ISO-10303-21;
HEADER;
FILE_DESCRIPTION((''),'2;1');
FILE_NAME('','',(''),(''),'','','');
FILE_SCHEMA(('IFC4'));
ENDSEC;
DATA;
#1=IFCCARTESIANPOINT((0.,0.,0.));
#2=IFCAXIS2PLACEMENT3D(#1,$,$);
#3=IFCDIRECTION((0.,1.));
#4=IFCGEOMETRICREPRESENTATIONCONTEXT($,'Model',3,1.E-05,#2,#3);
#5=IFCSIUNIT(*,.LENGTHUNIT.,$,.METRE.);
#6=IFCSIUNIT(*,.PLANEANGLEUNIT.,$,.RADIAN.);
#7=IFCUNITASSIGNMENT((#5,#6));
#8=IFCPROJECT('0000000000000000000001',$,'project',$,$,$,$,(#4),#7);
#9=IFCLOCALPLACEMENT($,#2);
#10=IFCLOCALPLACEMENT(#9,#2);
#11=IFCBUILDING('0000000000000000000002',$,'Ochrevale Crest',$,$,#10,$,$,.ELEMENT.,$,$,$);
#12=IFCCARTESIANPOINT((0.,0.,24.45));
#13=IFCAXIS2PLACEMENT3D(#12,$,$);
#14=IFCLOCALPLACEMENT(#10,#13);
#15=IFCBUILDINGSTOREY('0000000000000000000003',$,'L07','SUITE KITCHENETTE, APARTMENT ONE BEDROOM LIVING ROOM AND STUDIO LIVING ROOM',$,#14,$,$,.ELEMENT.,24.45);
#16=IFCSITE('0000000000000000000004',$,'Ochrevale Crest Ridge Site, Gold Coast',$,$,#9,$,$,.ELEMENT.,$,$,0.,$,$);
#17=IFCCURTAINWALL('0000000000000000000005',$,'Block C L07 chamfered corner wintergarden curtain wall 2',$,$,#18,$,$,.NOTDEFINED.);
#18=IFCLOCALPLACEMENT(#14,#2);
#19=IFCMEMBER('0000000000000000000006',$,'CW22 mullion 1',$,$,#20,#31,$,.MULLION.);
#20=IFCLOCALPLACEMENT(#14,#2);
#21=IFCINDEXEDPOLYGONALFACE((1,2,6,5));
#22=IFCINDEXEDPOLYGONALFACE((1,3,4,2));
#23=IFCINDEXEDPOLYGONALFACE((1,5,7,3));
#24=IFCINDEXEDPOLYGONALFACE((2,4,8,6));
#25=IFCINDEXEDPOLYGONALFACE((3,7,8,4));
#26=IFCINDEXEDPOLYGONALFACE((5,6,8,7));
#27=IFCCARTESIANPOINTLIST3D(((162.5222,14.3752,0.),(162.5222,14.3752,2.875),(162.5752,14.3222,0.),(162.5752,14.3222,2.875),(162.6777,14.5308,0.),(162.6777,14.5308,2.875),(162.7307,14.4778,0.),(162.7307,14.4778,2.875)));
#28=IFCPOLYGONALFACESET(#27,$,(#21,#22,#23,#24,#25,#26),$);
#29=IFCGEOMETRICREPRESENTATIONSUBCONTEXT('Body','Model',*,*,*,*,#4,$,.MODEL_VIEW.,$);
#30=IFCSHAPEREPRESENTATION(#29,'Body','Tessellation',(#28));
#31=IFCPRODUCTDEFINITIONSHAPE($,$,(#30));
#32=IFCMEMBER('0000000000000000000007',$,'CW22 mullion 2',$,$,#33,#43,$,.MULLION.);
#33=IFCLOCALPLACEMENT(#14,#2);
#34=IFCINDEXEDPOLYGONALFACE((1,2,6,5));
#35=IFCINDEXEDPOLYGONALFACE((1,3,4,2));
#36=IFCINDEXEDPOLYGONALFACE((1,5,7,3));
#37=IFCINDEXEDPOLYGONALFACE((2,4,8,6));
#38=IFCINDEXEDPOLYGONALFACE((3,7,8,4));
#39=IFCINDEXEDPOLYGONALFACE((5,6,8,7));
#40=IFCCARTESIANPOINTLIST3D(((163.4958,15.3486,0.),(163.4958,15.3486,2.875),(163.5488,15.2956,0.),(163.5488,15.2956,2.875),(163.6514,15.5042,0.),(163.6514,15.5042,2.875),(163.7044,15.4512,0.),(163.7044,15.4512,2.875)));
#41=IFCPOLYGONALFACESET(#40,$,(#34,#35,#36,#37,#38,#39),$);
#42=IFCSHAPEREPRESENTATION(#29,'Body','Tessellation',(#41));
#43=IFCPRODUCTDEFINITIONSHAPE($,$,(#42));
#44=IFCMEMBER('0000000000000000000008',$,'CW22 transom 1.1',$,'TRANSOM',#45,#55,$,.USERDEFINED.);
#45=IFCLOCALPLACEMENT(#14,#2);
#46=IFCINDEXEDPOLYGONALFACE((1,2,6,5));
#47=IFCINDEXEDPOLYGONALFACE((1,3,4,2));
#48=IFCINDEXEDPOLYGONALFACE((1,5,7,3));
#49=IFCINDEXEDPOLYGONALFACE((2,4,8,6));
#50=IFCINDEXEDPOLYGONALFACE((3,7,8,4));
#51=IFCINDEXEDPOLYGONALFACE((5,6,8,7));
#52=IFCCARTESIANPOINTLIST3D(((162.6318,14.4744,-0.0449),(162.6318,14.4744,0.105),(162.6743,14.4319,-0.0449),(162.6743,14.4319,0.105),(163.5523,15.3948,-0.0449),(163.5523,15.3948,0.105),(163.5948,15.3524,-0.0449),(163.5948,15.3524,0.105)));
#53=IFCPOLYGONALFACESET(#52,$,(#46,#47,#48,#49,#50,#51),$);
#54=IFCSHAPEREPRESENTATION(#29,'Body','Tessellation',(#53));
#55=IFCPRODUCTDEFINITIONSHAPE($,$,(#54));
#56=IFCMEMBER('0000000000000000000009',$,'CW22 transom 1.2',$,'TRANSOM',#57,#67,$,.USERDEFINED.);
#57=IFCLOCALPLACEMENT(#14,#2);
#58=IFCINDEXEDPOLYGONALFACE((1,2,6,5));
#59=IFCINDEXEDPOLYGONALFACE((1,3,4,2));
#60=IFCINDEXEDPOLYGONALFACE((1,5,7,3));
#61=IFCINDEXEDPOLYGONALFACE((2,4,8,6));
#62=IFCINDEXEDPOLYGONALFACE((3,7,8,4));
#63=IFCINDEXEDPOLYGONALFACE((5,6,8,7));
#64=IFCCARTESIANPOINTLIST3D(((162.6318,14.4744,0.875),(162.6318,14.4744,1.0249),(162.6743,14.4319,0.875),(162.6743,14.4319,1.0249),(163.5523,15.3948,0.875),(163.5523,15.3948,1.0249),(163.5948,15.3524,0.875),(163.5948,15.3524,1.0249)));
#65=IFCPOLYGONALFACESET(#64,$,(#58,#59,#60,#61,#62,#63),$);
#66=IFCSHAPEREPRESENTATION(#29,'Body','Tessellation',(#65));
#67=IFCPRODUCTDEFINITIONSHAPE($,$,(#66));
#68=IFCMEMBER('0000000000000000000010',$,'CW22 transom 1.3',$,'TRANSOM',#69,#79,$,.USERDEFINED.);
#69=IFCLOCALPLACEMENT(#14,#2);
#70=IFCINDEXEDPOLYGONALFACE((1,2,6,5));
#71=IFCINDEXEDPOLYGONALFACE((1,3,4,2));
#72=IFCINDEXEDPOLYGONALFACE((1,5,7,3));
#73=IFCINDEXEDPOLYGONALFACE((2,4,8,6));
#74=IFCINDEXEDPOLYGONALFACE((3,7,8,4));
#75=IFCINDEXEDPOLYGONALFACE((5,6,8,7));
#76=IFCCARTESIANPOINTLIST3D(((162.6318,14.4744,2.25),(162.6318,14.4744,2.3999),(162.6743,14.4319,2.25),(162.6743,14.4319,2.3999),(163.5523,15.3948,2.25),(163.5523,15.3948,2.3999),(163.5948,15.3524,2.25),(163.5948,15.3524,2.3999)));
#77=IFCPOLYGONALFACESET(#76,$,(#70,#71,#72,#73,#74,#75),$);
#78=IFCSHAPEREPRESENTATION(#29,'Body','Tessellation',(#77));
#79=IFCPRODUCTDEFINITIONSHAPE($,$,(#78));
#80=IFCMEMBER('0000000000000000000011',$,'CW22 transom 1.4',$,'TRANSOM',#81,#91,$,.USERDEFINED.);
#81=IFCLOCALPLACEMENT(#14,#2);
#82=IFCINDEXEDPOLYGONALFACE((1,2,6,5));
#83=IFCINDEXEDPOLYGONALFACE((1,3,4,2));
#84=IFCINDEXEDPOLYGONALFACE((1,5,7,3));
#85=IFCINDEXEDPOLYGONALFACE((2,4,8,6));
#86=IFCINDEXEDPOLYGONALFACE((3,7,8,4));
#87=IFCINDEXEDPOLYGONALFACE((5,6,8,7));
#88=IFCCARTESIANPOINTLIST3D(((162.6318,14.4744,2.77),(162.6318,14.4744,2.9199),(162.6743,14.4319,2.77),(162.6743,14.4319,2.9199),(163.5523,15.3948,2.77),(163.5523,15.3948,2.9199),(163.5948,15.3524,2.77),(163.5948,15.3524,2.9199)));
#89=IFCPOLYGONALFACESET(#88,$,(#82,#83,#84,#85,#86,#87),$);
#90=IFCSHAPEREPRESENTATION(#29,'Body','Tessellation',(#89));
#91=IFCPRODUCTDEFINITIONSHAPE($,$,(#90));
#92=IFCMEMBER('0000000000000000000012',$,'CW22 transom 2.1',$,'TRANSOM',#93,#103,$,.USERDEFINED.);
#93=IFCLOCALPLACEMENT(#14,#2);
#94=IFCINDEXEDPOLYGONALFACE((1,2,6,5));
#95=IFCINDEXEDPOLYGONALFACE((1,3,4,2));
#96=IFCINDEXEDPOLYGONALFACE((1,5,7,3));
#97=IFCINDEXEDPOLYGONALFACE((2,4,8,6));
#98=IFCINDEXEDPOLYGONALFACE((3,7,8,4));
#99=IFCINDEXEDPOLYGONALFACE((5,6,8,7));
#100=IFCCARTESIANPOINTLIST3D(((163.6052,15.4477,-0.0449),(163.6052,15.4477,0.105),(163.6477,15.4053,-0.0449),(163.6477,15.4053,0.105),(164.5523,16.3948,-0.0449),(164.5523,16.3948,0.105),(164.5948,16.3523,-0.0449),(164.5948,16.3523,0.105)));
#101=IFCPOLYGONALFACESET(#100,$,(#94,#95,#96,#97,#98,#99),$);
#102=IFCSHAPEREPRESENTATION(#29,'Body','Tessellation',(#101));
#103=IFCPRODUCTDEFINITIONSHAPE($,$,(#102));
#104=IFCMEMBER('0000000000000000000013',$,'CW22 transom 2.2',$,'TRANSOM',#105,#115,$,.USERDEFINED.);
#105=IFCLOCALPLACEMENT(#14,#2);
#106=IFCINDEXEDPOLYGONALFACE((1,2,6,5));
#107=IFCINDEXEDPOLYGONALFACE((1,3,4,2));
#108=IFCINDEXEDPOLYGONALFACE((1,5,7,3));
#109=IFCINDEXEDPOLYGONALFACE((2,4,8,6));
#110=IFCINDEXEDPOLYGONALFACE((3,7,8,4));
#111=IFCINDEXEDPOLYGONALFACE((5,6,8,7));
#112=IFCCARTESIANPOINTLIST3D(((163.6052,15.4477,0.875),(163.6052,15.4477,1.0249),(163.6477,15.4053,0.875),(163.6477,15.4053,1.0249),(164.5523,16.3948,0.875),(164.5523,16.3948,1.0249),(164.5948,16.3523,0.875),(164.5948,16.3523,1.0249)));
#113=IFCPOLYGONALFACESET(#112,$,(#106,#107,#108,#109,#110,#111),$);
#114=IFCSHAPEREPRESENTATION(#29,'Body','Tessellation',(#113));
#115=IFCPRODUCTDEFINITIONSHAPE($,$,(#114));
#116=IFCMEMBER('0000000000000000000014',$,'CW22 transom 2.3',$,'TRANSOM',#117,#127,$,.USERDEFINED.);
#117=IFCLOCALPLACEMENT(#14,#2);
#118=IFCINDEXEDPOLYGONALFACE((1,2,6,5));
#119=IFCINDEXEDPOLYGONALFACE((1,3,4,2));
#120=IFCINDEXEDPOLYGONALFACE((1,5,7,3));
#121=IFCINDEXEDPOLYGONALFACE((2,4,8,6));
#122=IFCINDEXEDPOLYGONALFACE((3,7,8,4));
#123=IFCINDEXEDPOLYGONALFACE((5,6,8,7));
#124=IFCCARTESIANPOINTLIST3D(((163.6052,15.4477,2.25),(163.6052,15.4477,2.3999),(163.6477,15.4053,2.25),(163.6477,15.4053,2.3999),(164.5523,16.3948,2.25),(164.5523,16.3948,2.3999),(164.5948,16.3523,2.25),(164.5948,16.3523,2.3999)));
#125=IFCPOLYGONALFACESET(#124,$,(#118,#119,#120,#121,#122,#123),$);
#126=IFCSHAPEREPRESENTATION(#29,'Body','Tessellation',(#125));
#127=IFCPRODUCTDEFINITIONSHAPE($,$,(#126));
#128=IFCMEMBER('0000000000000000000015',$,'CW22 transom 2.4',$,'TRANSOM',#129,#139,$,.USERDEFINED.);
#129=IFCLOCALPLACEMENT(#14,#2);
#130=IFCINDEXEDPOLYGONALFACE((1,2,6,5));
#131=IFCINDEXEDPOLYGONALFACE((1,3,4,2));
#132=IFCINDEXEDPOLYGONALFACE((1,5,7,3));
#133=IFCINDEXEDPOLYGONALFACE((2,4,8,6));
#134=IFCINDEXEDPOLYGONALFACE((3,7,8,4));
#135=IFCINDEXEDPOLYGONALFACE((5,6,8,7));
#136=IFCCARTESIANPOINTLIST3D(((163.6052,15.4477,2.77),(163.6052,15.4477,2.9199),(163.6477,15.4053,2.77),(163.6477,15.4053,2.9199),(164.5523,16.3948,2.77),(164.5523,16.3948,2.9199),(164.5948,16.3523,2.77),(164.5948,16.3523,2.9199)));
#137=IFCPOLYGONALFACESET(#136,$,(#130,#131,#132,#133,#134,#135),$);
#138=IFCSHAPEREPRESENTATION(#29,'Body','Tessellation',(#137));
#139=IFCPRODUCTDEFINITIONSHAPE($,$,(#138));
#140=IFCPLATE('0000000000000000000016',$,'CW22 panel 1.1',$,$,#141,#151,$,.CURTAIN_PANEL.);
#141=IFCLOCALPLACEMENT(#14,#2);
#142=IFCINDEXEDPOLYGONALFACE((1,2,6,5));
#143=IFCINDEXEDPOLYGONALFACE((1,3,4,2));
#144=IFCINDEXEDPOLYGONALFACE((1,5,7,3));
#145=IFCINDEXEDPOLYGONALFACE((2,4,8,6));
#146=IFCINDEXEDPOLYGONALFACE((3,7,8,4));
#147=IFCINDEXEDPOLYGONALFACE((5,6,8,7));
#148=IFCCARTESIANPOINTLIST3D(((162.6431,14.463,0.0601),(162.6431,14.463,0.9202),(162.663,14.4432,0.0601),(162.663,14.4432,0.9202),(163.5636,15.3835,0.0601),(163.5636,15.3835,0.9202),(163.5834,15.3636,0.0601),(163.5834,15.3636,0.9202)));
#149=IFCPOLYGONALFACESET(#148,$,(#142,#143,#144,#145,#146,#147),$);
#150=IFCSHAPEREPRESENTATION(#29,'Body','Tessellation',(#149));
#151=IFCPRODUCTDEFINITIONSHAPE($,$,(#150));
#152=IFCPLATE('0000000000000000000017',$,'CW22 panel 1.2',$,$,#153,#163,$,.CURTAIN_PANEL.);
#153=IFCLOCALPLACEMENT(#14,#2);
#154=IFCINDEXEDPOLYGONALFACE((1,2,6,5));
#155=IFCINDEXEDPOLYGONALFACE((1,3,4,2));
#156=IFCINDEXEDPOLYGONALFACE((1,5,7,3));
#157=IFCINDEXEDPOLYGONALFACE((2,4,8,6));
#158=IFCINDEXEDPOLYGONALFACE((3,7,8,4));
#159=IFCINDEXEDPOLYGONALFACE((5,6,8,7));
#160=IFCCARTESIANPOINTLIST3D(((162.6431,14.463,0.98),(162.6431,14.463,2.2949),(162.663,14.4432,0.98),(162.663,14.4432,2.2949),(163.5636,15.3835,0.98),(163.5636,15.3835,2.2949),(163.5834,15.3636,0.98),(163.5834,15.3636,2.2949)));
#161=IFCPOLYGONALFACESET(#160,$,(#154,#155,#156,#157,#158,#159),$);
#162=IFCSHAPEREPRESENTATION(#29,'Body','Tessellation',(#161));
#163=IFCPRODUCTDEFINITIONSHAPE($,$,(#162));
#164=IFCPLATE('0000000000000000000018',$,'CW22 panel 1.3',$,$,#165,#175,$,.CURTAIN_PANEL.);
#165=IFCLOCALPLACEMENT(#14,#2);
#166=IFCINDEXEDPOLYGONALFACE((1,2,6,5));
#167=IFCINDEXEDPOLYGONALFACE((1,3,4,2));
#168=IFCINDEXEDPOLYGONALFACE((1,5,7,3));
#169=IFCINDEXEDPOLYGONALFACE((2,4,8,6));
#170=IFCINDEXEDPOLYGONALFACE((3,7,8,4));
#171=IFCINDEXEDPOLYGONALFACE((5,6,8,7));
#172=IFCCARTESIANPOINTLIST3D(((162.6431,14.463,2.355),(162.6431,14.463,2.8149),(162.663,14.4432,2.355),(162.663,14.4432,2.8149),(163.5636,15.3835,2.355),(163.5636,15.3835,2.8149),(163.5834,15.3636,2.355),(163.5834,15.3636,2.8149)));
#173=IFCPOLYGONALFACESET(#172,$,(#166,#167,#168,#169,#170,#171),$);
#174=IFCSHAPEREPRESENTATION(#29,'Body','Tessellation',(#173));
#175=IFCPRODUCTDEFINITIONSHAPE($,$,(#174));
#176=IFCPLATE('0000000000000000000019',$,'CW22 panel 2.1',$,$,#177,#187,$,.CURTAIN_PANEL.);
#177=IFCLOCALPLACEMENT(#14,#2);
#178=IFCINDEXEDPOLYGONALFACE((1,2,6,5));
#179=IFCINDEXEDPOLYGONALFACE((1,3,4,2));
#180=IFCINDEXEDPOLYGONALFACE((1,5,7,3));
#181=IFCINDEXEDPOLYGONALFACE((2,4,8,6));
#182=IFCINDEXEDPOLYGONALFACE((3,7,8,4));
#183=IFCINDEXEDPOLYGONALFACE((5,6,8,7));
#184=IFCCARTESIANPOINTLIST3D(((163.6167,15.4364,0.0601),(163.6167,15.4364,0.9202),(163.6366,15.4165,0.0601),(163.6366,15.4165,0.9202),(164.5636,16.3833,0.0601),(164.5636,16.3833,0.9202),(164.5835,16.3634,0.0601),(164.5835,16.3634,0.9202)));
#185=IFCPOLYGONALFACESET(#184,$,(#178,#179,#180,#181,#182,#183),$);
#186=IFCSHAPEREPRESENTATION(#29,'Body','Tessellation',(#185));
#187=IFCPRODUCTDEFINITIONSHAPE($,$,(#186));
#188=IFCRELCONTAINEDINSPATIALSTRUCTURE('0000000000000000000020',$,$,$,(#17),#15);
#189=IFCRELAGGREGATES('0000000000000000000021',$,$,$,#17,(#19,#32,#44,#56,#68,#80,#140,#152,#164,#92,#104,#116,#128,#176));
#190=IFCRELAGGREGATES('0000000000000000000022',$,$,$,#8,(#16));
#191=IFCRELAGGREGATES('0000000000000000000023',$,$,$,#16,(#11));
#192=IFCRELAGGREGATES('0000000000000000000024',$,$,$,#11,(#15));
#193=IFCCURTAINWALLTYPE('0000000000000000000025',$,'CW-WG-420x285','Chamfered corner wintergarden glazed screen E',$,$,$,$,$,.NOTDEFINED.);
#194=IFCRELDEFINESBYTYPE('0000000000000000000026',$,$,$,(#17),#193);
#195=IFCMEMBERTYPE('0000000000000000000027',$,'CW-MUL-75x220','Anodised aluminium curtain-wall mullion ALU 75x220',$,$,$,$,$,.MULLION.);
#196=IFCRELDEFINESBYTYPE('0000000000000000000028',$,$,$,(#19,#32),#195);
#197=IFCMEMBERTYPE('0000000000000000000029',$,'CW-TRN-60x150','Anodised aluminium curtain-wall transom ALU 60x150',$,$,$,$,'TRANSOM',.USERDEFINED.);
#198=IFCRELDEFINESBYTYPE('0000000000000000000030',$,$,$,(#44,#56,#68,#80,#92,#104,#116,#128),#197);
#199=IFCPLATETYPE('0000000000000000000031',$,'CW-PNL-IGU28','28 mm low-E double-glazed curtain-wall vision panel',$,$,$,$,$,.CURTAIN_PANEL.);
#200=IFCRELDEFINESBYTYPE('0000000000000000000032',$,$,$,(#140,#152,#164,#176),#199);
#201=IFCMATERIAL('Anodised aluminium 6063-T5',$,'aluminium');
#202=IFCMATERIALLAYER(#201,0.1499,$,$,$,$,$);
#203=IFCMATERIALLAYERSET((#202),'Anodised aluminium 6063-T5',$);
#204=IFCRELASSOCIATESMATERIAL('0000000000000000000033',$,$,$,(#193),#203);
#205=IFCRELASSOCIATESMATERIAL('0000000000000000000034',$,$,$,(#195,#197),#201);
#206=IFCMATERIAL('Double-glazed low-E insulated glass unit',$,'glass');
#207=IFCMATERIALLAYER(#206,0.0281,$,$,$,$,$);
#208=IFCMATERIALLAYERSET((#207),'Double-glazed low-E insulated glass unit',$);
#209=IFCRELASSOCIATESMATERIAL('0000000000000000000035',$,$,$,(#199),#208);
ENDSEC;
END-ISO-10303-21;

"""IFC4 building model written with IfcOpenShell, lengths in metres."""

from ifc_helpers import new_model, si_unit, direction, frame, origin, origin_2d, place, context, subcontext, project, spatial, rectangle, extrude, material, layer, layer_set, material_profile, profile_set, type_object, element, aggregate, save


model = new_model("IFC4")

# Units and contexts
model_context = context("Model", 3, precision=1e-05, world=origin(), true_north=direction((0.0, 1.0)))
body_context = subcontext(model_context, "Body", "Model", "MODEL_VIEW")
ifc_project = project(units=[si_unit("LENGTHUNIT", "METRE"), si_unit("PLANEANGLEUNIT", "RADIAN")], contexts=[model_context])

# Site, building, storey
site_placement = place(None, origin())
site = spatial("IfcSite", under=ifc_project, at=site_placement, Name="Ochrevale Crest Ridge Site, Gold Coast", CompositionType="ELEMENT", RefElevation=0.0)
building_placement = place(site_placement, origin())
building = spatial("IfcBuilding", under=site, at=building_placement, Name="Ochrevale Crest", CompositionType="ELEMENT")
storey_placement = place(building_placement, frame((0.0, 0.0, 24.45)))
storey = spatial("IfcBuildingStorey", under=building, at=storey_placement, Name="L07", Description="SUITE KITCHENETTE, APARTMENT ONE BEDROOM LIVING ROOM AND STUDIO LIVING ROOM", CompositionType="ELEMENT", Elevation=24.45)

# Curtain wall, members, plates
ifc_material_1 = material(Name="Anodised aluminium 6063-T5", Category="aluminium")
ifc_layer_1 = layer(ifc_material_1, 0.1499)
ifc_layer_set_1 = layer_set([ifc_layer_1], Name="Anodised aluminium 6063-T5")
curtain_wall_type = type_object("IfcCurtainWallType", Name="CW-WG-420x285", Description="Chamfered corner wintergarden glazed screen E", PredefinedType="NOTDEFINED", material=ifc_layer_set_1)
curtain_wall_placement = place(storey_placement, origin())
curtain_wall = element("IfcCurtainWall", 1, at=curtain_wall_placement, inside=storey, type_object=curtain_wall_type, Name="Block C L07 chamfered corner wintergarden curtain wall 2", PredefinedType="NOTDEFINED")
ifc_material_profile_1 = material_profile(ifc_material_1, rectangle(XDim=0.075, YDim=0.22, at=origin_2d()), Name="ALU 75x220")
ifc_profile_set_1 = profile_set([ifc_material_profile_1], Name="Anodised aluminium 6063-T5")
member_type_1 = type_object("IfcMemberType", Name="CW-MUL-75x220", Description="Anodised aluminium curtain-wall mullion ALU 75x220", PredefinedType="MULLION", material=ifc_profile_set_1)
member_1_placement = place(storey_placement, frame((162.6265, 14.4265, 0.0), z_axis=(0.0, 0.0, 1.0), x_axis=(-0.707107, 0.707107, 0.0)))
member_1 = element("IfcMember", 2, at=member_1_placement, type_object=member_type_1, Name="CW22 mullion 1", PredefinedType="MULLION", context=body_context, shape_type="SweptSolid", body=[
    extrude(rectangle(XDim=0.075, YDim=0.22, at=origin_2d()), origin(), (0.0, 0.0, 1.0), 2.875),
])
member_2_placement = place(storey_placement, frame((163.6001, 15.3999, 0.0), z_axis=(0.0, 0.0, 1.0), x_axis=(-0.707107, 0.707107, 0.0)))
member_2 = element("IfcMember", 3, at=member_2_placement, type_object=member_type_1, Name="CW22 mullion 2", PredefinedType="MULLION", context=body_context, shape_type="SweptSolid", body=[
    extrude(rectangle(XDim=0.075, YDim=0.22, at=origin_2d()), origin(), (0.0, 0.0, 1.0), 2.875),
])
ifc_material_profile_2 = material_profile(ifc_material_1, rectangle(XDim=0.0601, YDim=0.1499, at=origin_2d()), Name="ALU 60x150")
ifc_profile_set_2 = profile_set([ifc_material_profile_2], Name="Anodised aluminium 6063-T5")
member_type_2 = type_object("IfcMemberType", Name="CW-TRN-60x150", Description="Anodised aluminium curtain-wall transom ALU 60x150", ElementType="TRANSOM", PredefinedType="USERDEFINED", material=ifc_profile_set_2)
member_3_placement = place(storey_placement, frame((162.6531, 14.4531, 0.03), z_axis=(0.707107, 0.707107, 0.0), x_axis=(-0.707107, 0.707107, 0.0)))
member_3 = element("IfcMember", 4, at=member_3_placement, type_object=member_type_2, Name="CW22 transom 1.1", ObjectType="TRANSOM", PredefinedType="USERDEFINED", context=body_context, shape_type="SweptSolid", body=[
    extrude(rectangle(XDim=0.0601, YDim=0.1499, at=origin_2d()), origin(), (0.0, 0.0, 1.0), 1.3018),
])
member_4_placement = place(storey_placement, frame((162.6531, 14.4531, 0.95), z_axis=(0.707107, 0.707107, 0.0), x_axis=(-0.707107, 0.707107, 0.0)))
member_4 = element("IfcMember", 5, at=member_4_placement, type_object=member_type_2, Name="CW22 transom 1.2", ObjectType="TRANSOM", PredefinedType="USERDEFINED", context=body_context, shape_type="SweptSolid", body=[
    extrude(rectangle(XDim=0.0601, YDim=0.1499, at=origin_2d()), origin(), (0.0, 0.0, 1.0), 1.3018),
])
member_5_placement = place(storey_placement, frame((162.6531, 14.4531, 2.325), z_axis=(0.707107, 0.707107, 0.0), x_axis=(-0.707107, 0.707107, 0.0)))
member_5 = element("IfcMember", 6, at=member_5_placement, type_object=member_type_2, Name="CW22 transom 1.3", ObjectType="TRANSOM", PredefinedType="USERDEFINED", context=body_context, shape_type="SweptSolid", body=[
    extrude(rectangle(XDim=0.0601, YDim=0.1499, at=origin_2d()), origin(), (0.0, 0.0, 1.0), 1.3018),
])
member_6_placement = place(storey_placement, frame((162.6531, 14.4531, 2.845), z_axis=(0.707107, 0.707107, 0.0), x_axis=(-0.707107, 0.707107, 0.0)))
member_6 = element("IfcMember", 7, at=member_6_placement, type_object=member_type_2, Name="CW22 transom 1.4", ObjectType="TRANSOM", PredefinedType="USERDEFINED", context=body_context, shape_type="SweptSolid", body=[
    extrude(rectangle(XDim=0.0601, YDim=0.1499, at=origin_2d()), origin(), (0.0, 0.0, 1.0), 1.3018),
])
member_7_placement = place(storey_placement, frame((163.6265, 15.4265, 0.03), z_axis=(0.707107, 0.707107, 0.0), x_axis=(-0.707107, 0.707107, 0.0)))
member_7 = element("IfcMember", 8, at=member_7_placement, type_object=member_type_2, Name="CW22 transom 2.1", ObjectType="TRANSOM", PredefinedType="USERDEFINED", context=body_context, shape_type="SweptSolid", body=[
    extrude(rectangle(XDim=0.0601, YDim=0.1499, at=origin_2d()), origin(), (0.0, 0.0, 1.0), 1.3394),
])
member_8_placement = place(storey_placement, frame((163.6265, 15.4265, 0.95), z_axis=(0.707107, 0.707107, 0.0), x_axis=(-0.707107, 0.707107, 0.0)))
member_8 = element("IfcMember", 9, at=member_8_placement, type_object=member_type_2, Name="CW22 transom 2.2", ObjectType="TRANSOM", PredefinedType="USERDEFINED", context=body_context, shape_type="SweptSolid", body=[
    extrude(rectangle(XDim=0.0601, YDim=0.1499, at=origin_2d()), origin(), (0.0, 0.0, 1.0), 1.3394),
])
member_9_placement = place(storey_placement, frame((163.6265, 15.4265, 2.325), z_axis=(0.707107, 0.707107, 0.0), x_axis=(-0.707107, 0.707107, 0.0)))
member_9 = element("IfcMember", 10, at=member_9_placement, type_object=member_type_2, Name="CW22 transom 2.3", ObjectType="TRANSOM", PredefinedType="USERDEFINED", context=body_context, shape_type="SweptSolid", body=[
    extrude(rectangle(XDim=0.0601, YDim=0.1499, at=origin_2d()), origin(), (0.0, 0.0, 1.0), 1.3394),
])
member_10_placement = place(storey_placement, frame((163.6265, 15.4265, 2.845), z_axis=(0.707107, 0.707107, 0.0), x_axis=(-0.707107, 0.707107, 0.0)))
member_10 = element("IfcMember", 11, at=member_10_placement, type_object=member_type_2, Name="CW22 transom 2.4", ObjectType="TRANSOM", PredefinedType="USERDEFINED", context=body_context, shape_type="SweptSolid", body=[
    extrude(rectangle(XDim=0.0601, YDim=0.1499, at=origin_2d()), origin(), (0.0, 0.0, 1.0), 1.3394),
])
ifc_material_2 = material(Name="Double-glazed low-E insulated glass unit", Category="glass")
ifc_layer_2 = layer(ifc_material_2, 0.0281)
ifc_layer_set_2 = layer_set([ifc_layer_2], Name="Double-glazed low-E insulated glass unit")
plate_type_1 = type_object("IfcPlateType", Name="CW-PNL-IGU28", Description="28 mm low-E double-glazed curtain-wall vision panel", PredefinedType="CURTAIN_PANEL", material=ifc_layer_set_2)
plate_1_placement = place(storey_placement, frame((163.1133, 14.9133, 0.0601), z_axis=(0.0, 0.0, 1.0), x_axis=(0.707107, 0.707107, 0.0)))
plate_1 = element("IfcPlate", 12, at=plate_1_placement, type_object=plate_type_1, Name="CW22 panel 1.1", PredefinedType="CURTAIN_PANEL", context=body_context, shape_type="SweptSolid", body=[
    extrude(rectangle(XDim=1.3018, YDim=0.0281, at=origin_2d()), origin(), (0.0, 0.0, 1.0), 0.8601),
])
plate_2_placement = place(storey_placement, frame((163.1133, 14.9133, 0.98), z_axis=(0.0, 0.0, 1.0), x_axis=(0.707107, 0.707107, 0.0)))
plate_2 = element("IfcPlate", 13, at=plate_2_placement, type_object=plate_type_1, Name="CW22 panel 1.2", PredefinedType="CURTAIN_PANEL", context=body_context, shape_type="SweptSolid", body=[
    extrude(rectangle(XDim=1.3018, YDim=0.0281, at=origin_2d()), origin(), (0.0, 0.0, 1.0), 1.3149),
])
plate_3_placement = place(storey_placement, frame((163.1133, 14.9133, 2.355), z_axis=(0.0, 0.0, 1.0), x_axis=(0.707107, 0.707107, 0.0)))
plate_3 = element("IfcPlate", 14, at=plate_3_placement, type_object=plate_type_1, Name="CW22 panel 1.3", PredefinedType="CURTAIN_PANEL", context=body_context, shape_type="SweptSolid", body=[
    extrude(rectangle(XDim=1.3018, YDim=0.0281, at=origin_2d()), origin(), (0.0, 0.0, 1.0), 0.46),
])
plate_4_placement = place(storey_placement, frame((164.1001, 15.8999, 0.0601), z_axis=(0.0, 0.0, 1.0), x_axis=(0.707107, 0.707107, 0.0)))
plate_4 = element("IfcPlate", 15, at=plate_4_placement, type_object=plate_type_1, Name="CW22 panel 2.1", PredefinedType="CURTAIN_PANEL", context=body_context, shape_type="SweptSolid", body=[
    extrude(rectangle(XDim=1.3391, YDim=0.0281, at=origin_2d()), origin(), (0.0, 0.0, 1.0), 0.8601),
])
aggregate(curtain_wall, [member_1, member_2, member_3, member_4, member_5, member_6, plate_1, plate_2, plate_3, member_7, member_8, member_9, member_10, plate_4])

save(model, "model.ifc")
